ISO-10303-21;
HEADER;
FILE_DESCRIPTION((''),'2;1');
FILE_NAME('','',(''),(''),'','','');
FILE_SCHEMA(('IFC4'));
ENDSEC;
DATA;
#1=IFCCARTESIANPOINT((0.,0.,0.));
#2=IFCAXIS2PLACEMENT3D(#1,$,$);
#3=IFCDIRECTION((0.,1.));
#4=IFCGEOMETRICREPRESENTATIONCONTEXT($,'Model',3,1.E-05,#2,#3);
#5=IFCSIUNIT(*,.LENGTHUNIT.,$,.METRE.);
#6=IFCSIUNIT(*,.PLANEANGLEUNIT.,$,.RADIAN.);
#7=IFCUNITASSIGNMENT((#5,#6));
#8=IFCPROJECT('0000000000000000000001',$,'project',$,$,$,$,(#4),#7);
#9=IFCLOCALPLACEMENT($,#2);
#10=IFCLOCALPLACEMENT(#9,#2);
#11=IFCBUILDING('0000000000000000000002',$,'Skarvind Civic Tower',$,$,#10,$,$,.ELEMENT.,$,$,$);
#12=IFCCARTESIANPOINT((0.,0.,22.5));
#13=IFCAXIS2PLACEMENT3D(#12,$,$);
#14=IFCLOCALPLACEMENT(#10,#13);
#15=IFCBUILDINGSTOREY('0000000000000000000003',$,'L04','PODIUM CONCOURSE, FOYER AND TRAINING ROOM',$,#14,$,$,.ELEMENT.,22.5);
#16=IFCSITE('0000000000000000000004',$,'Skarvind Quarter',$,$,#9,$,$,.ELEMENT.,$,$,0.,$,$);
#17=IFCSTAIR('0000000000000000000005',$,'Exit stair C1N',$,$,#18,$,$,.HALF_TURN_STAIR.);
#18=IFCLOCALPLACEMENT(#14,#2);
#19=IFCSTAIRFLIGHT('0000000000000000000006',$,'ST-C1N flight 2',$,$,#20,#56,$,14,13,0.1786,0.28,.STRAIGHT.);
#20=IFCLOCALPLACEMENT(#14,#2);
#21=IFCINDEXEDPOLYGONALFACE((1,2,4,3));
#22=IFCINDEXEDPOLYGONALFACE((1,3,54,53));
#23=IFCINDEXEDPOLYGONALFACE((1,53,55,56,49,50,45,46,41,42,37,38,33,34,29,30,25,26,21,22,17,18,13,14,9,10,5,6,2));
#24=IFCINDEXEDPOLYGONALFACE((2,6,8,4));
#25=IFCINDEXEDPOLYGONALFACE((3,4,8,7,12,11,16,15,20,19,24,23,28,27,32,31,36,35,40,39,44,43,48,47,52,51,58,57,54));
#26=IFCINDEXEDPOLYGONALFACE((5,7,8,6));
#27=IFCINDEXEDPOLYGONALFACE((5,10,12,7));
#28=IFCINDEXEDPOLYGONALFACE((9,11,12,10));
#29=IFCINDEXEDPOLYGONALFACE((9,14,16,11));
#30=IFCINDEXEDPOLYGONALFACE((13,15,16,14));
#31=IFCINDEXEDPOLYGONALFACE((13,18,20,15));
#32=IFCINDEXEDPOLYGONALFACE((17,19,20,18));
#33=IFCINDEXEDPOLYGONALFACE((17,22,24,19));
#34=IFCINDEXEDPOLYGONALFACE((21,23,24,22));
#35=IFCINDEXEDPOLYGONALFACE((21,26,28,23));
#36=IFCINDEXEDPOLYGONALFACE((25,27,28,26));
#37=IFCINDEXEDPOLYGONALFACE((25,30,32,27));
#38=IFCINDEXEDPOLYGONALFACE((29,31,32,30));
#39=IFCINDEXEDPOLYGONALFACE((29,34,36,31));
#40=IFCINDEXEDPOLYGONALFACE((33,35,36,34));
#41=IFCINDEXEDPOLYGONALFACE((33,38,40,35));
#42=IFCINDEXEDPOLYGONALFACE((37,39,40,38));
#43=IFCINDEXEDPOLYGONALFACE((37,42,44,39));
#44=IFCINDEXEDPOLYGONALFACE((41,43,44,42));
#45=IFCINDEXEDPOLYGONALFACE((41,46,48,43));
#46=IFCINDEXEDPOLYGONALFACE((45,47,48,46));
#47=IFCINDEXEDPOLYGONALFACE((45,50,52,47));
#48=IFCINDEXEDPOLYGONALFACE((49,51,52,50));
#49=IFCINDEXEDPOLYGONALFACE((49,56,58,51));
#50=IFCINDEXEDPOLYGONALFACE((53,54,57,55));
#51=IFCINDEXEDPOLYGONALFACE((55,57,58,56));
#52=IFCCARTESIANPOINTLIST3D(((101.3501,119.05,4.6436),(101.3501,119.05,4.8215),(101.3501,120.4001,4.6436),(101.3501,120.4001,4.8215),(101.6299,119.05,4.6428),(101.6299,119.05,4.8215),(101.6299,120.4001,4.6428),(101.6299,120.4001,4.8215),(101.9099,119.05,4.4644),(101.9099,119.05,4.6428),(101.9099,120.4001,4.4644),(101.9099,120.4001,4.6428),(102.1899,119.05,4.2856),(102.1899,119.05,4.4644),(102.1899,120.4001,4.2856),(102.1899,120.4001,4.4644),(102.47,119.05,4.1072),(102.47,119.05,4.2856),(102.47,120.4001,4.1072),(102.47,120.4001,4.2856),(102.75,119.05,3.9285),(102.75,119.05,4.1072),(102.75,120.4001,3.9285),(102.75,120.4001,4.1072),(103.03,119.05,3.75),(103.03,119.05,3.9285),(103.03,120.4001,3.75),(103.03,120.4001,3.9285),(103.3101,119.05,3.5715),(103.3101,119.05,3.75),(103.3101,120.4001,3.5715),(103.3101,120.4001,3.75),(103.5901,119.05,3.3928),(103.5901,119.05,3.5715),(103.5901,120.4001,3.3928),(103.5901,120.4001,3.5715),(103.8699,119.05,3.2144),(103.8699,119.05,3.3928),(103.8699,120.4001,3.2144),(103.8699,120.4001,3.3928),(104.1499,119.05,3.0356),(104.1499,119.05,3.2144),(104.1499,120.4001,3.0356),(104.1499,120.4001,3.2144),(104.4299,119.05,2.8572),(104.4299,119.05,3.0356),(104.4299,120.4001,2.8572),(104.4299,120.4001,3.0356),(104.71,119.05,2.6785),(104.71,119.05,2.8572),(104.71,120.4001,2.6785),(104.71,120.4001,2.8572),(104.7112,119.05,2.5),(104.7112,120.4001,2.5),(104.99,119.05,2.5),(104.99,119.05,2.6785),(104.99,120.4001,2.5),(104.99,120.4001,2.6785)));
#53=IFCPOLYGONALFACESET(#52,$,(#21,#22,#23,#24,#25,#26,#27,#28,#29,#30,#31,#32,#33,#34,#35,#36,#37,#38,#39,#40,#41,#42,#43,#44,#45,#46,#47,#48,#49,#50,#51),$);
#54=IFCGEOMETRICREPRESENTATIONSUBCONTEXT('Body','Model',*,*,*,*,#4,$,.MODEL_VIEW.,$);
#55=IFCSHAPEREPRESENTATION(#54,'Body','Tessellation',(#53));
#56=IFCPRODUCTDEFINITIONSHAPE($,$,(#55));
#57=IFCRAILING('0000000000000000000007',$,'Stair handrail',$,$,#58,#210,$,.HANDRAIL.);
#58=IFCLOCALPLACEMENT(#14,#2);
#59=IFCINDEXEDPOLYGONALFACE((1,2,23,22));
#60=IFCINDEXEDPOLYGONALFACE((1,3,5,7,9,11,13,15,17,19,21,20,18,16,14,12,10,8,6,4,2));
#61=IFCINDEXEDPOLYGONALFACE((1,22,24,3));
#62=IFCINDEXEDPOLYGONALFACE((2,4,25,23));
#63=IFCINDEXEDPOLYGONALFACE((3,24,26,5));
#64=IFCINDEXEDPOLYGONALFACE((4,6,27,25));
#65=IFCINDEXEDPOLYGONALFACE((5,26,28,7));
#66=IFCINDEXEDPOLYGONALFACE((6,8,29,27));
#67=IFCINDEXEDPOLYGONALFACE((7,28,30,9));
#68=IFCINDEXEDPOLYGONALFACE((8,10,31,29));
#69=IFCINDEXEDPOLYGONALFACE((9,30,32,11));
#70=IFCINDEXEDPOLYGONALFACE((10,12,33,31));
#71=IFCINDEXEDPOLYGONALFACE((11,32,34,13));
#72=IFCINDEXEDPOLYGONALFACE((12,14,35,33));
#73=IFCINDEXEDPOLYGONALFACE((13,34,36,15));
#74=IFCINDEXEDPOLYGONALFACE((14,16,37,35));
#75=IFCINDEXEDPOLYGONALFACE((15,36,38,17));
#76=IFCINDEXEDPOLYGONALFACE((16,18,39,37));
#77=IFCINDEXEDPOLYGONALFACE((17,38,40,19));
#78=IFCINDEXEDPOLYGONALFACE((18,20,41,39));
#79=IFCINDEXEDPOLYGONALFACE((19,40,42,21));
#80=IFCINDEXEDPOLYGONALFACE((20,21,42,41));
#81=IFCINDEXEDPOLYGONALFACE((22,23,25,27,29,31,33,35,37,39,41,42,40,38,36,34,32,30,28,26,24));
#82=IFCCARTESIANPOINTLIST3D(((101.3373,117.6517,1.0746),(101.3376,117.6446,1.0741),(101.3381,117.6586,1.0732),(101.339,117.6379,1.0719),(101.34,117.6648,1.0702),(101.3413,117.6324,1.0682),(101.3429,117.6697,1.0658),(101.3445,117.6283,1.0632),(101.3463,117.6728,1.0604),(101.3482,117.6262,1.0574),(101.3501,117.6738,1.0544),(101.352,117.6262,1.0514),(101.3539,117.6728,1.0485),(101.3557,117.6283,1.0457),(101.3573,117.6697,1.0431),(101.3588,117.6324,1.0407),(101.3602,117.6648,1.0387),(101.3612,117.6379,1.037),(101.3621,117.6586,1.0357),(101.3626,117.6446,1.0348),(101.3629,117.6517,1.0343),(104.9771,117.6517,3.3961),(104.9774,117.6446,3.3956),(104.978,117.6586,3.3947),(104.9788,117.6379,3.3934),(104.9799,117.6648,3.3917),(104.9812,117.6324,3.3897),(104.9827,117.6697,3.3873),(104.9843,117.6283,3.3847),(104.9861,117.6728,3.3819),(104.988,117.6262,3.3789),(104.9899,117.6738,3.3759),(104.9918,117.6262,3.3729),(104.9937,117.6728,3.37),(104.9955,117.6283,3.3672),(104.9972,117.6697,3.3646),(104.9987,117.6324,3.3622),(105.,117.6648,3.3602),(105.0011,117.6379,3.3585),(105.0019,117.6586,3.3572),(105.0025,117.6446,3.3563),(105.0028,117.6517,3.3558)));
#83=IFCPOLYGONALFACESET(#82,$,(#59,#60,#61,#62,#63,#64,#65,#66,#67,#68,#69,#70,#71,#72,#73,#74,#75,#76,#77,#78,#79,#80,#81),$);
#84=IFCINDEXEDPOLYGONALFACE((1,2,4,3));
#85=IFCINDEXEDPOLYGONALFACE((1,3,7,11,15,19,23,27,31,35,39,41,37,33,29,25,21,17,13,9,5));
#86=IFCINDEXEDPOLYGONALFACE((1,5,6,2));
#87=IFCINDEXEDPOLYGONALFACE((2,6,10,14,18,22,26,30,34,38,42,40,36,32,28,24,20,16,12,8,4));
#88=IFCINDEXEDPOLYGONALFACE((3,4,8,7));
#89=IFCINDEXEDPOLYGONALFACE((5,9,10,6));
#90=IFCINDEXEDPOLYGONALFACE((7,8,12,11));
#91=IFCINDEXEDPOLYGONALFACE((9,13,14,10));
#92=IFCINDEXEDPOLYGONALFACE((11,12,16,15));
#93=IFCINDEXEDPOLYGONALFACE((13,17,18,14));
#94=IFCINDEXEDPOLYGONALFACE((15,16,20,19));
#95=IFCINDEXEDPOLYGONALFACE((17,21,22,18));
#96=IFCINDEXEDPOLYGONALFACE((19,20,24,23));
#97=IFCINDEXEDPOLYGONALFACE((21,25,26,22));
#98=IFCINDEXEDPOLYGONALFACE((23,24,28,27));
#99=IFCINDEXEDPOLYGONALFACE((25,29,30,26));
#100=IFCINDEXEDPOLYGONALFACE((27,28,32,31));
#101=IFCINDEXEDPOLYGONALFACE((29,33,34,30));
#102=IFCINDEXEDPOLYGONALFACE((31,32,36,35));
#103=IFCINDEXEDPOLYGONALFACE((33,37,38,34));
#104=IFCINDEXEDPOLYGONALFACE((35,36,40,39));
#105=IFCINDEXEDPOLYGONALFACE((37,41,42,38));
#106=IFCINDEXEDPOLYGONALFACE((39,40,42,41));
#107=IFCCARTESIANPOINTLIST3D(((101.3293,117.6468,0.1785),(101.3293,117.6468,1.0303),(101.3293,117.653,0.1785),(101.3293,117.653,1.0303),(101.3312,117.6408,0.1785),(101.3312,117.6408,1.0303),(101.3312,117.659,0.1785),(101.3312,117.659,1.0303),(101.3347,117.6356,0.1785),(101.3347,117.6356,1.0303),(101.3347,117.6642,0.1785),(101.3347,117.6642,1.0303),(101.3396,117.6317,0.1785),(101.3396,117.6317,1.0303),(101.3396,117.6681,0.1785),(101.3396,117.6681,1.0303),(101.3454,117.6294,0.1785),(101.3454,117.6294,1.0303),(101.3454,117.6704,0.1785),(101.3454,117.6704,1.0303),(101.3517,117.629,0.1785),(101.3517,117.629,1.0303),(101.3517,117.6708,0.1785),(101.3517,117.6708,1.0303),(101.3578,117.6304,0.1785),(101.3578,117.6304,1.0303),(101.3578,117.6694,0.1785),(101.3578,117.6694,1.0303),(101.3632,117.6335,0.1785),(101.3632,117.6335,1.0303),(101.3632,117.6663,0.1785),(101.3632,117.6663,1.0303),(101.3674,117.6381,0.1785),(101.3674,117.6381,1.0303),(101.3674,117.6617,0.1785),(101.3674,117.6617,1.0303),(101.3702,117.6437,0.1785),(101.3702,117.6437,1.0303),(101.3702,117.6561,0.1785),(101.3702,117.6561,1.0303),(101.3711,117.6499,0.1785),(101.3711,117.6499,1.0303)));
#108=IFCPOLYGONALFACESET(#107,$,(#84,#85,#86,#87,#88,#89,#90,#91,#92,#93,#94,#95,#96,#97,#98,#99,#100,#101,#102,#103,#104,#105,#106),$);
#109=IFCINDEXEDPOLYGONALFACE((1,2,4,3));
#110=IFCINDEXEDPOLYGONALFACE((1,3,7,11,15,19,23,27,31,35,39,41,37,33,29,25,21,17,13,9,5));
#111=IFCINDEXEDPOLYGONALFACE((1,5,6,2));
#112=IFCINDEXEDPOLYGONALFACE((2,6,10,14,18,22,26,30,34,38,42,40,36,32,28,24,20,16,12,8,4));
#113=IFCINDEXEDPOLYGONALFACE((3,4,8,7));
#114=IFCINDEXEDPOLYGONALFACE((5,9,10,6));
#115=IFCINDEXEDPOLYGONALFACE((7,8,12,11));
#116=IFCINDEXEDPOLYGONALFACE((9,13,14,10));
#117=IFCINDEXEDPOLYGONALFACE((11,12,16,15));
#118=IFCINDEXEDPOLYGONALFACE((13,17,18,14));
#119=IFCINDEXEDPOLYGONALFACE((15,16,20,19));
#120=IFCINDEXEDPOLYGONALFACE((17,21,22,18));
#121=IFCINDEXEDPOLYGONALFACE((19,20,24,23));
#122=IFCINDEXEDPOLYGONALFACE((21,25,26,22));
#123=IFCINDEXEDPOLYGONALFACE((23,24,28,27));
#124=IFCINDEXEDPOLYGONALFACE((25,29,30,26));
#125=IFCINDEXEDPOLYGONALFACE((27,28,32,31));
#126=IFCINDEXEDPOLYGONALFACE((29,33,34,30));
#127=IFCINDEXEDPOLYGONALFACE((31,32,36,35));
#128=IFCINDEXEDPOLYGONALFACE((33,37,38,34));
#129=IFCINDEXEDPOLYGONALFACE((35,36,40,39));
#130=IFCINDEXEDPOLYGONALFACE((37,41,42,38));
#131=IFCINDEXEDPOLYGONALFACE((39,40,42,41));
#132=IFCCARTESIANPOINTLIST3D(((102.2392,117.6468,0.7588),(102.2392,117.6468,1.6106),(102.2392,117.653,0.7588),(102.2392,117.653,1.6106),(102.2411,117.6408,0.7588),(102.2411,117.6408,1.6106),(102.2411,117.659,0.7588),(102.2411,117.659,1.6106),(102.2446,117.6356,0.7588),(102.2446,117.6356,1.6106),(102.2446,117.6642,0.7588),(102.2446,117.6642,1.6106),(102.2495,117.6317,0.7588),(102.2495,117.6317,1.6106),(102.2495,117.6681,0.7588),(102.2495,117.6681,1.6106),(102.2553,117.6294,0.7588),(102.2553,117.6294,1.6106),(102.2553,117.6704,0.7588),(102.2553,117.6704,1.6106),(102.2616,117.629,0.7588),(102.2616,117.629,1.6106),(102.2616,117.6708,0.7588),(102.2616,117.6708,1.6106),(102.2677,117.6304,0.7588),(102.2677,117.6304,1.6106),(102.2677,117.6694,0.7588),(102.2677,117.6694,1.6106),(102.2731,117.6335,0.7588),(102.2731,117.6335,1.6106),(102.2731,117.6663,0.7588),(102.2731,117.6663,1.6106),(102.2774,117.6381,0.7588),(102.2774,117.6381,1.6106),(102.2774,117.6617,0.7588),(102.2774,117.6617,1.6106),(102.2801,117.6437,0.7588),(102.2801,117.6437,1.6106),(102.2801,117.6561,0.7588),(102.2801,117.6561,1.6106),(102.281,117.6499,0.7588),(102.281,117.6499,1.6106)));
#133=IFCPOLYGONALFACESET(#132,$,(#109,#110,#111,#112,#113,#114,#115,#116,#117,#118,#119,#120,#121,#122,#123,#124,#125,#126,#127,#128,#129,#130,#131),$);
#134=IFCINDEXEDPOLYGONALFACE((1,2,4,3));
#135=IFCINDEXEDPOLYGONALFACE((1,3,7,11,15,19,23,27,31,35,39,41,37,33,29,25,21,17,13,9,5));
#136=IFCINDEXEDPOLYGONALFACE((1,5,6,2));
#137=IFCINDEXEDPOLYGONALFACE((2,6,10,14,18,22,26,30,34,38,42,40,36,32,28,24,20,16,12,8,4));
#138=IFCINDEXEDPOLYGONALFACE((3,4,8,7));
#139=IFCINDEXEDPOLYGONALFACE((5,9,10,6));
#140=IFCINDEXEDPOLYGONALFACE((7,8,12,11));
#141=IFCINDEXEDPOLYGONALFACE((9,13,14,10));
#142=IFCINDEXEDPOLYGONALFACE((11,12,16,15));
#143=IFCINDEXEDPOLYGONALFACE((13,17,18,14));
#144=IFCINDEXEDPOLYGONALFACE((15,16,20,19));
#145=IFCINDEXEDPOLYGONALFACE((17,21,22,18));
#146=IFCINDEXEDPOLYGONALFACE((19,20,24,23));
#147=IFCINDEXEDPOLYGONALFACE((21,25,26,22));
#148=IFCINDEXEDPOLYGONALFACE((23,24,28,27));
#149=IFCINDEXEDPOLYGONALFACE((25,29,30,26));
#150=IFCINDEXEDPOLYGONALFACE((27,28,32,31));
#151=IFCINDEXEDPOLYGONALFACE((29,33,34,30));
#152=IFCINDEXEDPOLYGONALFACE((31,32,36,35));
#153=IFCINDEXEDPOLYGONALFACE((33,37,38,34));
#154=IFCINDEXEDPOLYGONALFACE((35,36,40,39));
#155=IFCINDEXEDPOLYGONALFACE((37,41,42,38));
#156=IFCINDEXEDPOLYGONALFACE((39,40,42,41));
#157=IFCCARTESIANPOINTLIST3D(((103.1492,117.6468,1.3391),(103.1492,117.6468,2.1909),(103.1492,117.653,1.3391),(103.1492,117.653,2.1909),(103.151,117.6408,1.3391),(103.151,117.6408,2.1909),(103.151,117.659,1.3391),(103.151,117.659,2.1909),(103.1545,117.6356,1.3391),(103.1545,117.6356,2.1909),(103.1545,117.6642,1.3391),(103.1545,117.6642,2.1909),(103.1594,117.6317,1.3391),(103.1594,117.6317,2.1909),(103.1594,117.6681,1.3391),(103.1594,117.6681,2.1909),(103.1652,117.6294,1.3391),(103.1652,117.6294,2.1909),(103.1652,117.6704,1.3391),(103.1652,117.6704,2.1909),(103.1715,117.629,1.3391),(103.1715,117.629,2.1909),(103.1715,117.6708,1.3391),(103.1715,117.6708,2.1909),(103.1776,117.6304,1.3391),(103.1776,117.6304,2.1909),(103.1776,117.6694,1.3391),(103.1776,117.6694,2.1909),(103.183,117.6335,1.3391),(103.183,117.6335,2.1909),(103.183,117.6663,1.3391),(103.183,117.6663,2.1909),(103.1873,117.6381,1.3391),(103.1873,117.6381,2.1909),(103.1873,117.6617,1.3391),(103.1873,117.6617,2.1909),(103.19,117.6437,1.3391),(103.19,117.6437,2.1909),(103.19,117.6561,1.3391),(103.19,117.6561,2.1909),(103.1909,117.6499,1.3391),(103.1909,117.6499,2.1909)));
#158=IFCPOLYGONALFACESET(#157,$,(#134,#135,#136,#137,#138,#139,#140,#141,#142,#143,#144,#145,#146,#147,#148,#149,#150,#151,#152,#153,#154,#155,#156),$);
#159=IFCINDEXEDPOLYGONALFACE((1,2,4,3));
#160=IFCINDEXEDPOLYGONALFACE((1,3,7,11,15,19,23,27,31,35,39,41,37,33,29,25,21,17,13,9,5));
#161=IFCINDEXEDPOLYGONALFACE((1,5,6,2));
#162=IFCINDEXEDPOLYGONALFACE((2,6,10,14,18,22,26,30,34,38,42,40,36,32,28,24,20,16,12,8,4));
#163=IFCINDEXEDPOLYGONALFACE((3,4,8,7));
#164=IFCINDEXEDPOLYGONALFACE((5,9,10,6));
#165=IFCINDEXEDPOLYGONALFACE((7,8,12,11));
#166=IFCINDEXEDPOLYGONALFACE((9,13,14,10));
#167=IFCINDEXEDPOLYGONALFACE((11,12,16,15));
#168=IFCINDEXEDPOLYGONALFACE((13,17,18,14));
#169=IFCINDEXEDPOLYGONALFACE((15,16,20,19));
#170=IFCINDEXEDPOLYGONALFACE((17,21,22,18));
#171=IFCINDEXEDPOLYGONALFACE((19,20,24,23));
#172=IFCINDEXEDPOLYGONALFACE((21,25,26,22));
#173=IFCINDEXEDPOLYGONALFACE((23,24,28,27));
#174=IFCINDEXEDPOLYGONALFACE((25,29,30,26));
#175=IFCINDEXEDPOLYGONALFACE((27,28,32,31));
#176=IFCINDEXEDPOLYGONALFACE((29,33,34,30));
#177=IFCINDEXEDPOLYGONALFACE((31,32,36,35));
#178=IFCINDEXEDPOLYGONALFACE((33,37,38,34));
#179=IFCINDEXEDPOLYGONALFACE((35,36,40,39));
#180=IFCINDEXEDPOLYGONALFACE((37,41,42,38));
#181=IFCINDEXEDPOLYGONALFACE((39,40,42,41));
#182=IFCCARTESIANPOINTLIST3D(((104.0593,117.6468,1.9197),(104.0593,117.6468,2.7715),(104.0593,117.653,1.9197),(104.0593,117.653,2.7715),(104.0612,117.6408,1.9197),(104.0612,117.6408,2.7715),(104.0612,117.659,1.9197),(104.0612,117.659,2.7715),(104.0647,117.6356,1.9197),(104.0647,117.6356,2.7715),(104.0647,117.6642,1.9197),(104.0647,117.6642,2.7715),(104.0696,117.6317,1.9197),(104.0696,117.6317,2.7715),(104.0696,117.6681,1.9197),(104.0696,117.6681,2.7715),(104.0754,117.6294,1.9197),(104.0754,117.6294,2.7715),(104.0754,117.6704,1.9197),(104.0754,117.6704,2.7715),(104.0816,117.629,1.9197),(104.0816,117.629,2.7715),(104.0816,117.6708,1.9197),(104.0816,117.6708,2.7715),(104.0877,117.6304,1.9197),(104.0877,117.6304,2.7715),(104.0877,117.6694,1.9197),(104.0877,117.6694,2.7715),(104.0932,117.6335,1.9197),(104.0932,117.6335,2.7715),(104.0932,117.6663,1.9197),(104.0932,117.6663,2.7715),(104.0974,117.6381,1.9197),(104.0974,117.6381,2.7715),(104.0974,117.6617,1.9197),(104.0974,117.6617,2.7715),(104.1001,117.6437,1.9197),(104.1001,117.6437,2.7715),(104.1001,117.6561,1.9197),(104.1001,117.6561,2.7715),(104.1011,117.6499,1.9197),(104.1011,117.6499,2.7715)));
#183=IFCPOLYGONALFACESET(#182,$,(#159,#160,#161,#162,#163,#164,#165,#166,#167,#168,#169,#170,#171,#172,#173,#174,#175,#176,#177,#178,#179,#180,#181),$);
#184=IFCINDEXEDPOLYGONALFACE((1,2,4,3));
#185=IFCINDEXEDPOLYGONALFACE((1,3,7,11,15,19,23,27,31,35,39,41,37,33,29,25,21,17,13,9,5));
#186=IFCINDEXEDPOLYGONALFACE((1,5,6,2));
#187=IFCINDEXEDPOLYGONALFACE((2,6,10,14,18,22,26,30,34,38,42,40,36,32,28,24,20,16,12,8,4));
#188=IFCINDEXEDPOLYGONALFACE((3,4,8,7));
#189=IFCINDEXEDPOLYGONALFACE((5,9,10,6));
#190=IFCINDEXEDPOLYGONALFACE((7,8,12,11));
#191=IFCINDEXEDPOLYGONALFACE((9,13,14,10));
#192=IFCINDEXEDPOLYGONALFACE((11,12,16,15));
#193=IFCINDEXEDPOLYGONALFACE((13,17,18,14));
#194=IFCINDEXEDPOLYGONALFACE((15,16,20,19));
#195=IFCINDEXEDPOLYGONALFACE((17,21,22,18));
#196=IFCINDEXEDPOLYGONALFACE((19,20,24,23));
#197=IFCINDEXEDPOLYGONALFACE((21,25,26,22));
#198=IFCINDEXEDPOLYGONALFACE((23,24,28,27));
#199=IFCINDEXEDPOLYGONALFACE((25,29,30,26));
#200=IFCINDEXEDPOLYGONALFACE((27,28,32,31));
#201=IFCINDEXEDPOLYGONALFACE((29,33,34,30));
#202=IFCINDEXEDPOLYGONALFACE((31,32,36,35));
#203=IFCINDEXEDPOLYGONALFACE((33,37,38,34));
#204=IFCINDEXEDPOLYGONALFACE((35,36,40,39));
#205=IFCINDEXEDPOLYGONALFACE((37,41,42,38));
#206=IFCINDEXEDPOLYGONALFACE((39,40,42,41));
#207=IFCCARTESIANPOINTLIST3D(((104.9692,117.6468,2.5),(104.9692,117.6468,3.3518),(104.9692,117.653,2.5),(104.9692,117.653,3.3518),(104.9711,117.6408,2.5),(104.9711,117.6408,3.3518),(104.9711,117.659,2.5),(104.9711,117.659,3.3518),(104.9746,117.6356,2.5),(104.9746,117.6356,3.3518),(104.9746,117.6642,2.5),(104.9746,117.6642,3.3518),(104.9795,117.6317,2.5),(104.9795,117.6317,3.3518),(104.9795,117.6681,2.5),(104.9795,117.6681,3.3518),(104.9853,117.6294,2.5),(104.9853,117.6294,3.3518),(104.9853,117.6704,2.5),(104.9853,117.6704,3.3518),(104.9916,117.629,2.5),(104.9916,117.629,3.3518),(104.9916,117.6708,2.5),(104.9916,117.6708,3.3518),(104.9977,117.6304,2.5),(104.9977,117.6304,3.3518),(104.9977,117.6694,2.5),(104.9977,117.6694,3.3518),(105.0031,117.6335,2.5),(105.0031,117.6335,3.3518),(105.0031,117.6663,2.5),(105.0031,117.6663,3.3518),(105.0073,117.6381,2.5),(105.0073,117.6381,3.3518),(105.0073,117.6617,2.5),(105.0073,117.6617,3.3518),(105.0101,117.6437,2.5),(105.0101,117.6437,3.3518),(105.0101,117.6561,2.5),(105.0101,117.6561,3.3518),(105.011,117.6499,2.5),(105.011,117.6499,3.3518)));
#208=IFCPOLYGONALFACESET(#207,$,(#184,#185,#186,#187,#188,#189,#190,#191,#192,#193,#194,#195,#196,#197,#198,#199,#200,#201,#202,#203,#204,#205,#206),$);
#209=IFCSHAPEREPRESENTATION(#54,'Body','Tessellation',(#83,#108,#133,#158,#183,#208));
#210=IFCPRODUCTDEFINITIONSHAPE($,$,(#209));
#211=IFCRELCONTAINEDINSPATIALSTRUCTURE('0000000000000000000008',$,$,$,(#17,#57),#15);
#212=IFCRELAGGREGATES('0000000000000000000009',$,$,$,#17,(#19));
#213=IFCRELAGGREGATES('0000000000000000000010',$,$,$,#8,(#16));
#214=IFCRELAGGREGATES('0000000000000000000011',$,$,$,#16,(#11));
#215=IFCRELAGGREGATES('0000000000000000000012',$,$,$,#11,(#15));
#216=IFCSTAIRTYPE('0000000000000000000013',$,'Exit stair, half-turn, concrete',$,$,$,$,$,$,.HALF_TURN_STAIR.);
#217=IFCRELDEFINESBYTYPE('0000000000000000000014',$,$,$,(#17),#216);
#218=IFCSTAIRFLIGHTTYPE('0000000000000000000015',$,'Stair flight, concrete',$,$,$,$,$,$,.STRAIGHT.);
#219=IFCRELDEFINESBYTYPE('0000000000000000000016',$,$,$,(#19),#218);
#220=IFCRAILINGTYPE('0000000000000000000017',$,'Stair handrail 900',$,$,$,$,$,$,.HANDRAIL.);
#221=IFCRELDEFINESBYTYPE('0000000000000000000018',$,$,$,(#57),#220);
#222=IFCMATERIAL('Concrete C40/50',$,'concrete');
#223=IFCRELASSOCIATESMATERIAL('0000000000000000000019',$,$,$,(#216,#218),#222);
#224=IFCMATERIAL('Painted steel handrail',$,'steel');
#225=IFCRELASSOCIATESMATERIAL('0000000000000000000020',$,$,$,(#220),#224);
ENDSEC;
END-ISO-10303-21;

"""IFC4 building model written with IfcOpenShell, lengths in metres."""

from ifc_helpers import new_model, si_unit, direction, frame, origin, origin_2d, place, context, subcontext, project, spatial, polyline, circle, outline, extrude, material, type_object, element, aggregate, save


model = new_model("IFC4")

# Units and contexts
model_context = context("Model", 3, precision=1e-05, world=origin(), true_north=direction((0.0, 1.0)))
body_context = subcontext(model_context, "Body", "Model", "MODEL_VIEW")
ifc_project = project(units=[si_unit("LENGTHUNIT", "METRE"), si_unit("PLANEANGLEUNIT", "RADIAN")], contexts=[model_context])

# Site, building, storey
site_placement = place(None, origin())
site = spatial("IfcSite", under=ifc_project, at=site_placement, Name="Skarvind Quarter", CompositionType="ELEMENT", RefElevation=0.0)
building_placement = place(site_placement, origin())
building = spatial("IfcBuilding", under=site, at=building_placement, Name="Skarvind Civic Tower", CompositionType="ELEMENT")
storey_placement = place(building_placement, frame((0.0, 0.0, 22.5)))
storey = spatial("IfcBuildingStorey", under=building, at=storey_placement, Name="L04", Description="PODIUM CONCOURSE, FOYER AND TRAINING ROOM", CompositionType="ELEMENT", Elevation=22.5)

# Stair, stair flight
ifc_material_1 = material(Name="Concrete C40/50", Category="concrete")
stair_type = type_object("IfcStairType", Name="Exit stair, half-turn, concrete", PredefinedType="HALF_TURN_STAIR", material=ifc_material_1)
stair_placement = place(storey_placement, origin())
stair = element("IfcStair", 1, at=stair_placement, inside=storey, type_object=stair_type, Name="Exit stair C1N", PredefinedType="HALF_TURN_STAIR")
stair_flight_type = type_object("IfcStairFlightType", Name="Stair flight, concrete", PredefinedType="STRAIGHT", material=ifc_material_1)
stair_flight_1_placement = place(storey_placement, frame((104.99, 119.7251, 2.5), z_axis=(0.0, 0.0, 1.0), x_axis=(-1.0, 0.0, 0.0)))
stair_flight_1 = element("IfcStairFlight", 2, at=stair_flight_1_placement, type_object=stair_flight_type, Name="ST-C1N flight 2", NumberOfRisers=14, NumberOfTreads=13, PredefinedType="STRAIGHT", RiserHeight=0.1786, TreadLength=0.28, context=body_context, shape_type="SweptSolid", body=[
    extrude(outline(polyline([(0.0, 0.0), (0.0, 0.1785), (0.28, 0.1785), (0.28, 0.3572), (0.5601, 0.3572), (0.5601, 0.5356), (0.8401, 0.5356), (0.8401, 0.7144), (1.1201, 0.7144), (1.1201, 0.8928), (1.3999, 0.8928), (1.3999, 1.0715), (1.6799, 1.0715), (1.6799, 1.25), (1.96, 1.25), (1.96, 1.4285), (2.24, 1.4285), (2.24, 1.6072), (2.52, 1.6072), (2.52, 1.7856), (2.8, 1.7856), (2.8, 1.9644), (3.0801, 1.9644), (3.0801, 2.1428), (3.3601, 2.1428), (3.3601, 2.3215), (3.6399, 2.3215), (3.6399, 2.5), (3.6399, 2.1436), (0.2788, 0.0), (0.0, 0.0)])), frame((0.0, 0.675, 0.0), z_axis=(0.0, -1.0, 0.0), x_axis=(1.0, 0.0, 0.0)), (0.0, 0.0, 1.0), 1.3501),
])
aggregate(stair, [stair_flight_1])

# Railing
ifc_material_2 = material(Name="Painted steel handrail", Category="steel")
railing_type = type_object("IfcRailingType", Name="Stair handrail 900", PredefinedType="HANDRAIL", material=ifc_material_2)
railing_1_placement = place(storey_placement, frame((101.3501, 117.6499, 0.1785)))
element("IfcRailing", 3, at=railing_1_placement, inside=storey, type_object=railing_type, Name="Stair handrail", PredefinedType="HANDRAIL", context=body_context, shape_type="SweptSolid", body=[
    extrude(circle(Radius=0.0239, at=origin_2d()), frame((0.0, 0.0, 0.876), z_axis=(0.843112, 0.0, 0.537739), x_axis=(0.0, 1.0, 0.0)), (0.0, 0.0, 1.0), 4.3171),
    extrude(circle(Radius=0.021, at=origin_2d()), origin(), (0.0, 0.0, 1.0), 0.8518),
    extrude(circle(Radius=0.021, at=origin_2d()), frame((0.9099, 0.0, 0.5803)), (0.0, 0.0, 1.0), 0.8518),
    extrude(circle(Radius=0.021, at=origin_2d()), frame((1.8198, 0.0, 1.1606)), (0.0, 0.0, 1.0), 0.8518),
    extrude(circle(Radius=0.021, at=origin_2d()), frame((2.73, 0.0, 1.7412)), (0.0, 0.0, 1.0), 0.8518),
    extrude(circle(Radius=0.021, at=origin_2d()), frame((3.6399, 0.0, 2.3215)), (0.0, 0.0, 1.0), 0.8518),
])

save(model, "model.ifc")
